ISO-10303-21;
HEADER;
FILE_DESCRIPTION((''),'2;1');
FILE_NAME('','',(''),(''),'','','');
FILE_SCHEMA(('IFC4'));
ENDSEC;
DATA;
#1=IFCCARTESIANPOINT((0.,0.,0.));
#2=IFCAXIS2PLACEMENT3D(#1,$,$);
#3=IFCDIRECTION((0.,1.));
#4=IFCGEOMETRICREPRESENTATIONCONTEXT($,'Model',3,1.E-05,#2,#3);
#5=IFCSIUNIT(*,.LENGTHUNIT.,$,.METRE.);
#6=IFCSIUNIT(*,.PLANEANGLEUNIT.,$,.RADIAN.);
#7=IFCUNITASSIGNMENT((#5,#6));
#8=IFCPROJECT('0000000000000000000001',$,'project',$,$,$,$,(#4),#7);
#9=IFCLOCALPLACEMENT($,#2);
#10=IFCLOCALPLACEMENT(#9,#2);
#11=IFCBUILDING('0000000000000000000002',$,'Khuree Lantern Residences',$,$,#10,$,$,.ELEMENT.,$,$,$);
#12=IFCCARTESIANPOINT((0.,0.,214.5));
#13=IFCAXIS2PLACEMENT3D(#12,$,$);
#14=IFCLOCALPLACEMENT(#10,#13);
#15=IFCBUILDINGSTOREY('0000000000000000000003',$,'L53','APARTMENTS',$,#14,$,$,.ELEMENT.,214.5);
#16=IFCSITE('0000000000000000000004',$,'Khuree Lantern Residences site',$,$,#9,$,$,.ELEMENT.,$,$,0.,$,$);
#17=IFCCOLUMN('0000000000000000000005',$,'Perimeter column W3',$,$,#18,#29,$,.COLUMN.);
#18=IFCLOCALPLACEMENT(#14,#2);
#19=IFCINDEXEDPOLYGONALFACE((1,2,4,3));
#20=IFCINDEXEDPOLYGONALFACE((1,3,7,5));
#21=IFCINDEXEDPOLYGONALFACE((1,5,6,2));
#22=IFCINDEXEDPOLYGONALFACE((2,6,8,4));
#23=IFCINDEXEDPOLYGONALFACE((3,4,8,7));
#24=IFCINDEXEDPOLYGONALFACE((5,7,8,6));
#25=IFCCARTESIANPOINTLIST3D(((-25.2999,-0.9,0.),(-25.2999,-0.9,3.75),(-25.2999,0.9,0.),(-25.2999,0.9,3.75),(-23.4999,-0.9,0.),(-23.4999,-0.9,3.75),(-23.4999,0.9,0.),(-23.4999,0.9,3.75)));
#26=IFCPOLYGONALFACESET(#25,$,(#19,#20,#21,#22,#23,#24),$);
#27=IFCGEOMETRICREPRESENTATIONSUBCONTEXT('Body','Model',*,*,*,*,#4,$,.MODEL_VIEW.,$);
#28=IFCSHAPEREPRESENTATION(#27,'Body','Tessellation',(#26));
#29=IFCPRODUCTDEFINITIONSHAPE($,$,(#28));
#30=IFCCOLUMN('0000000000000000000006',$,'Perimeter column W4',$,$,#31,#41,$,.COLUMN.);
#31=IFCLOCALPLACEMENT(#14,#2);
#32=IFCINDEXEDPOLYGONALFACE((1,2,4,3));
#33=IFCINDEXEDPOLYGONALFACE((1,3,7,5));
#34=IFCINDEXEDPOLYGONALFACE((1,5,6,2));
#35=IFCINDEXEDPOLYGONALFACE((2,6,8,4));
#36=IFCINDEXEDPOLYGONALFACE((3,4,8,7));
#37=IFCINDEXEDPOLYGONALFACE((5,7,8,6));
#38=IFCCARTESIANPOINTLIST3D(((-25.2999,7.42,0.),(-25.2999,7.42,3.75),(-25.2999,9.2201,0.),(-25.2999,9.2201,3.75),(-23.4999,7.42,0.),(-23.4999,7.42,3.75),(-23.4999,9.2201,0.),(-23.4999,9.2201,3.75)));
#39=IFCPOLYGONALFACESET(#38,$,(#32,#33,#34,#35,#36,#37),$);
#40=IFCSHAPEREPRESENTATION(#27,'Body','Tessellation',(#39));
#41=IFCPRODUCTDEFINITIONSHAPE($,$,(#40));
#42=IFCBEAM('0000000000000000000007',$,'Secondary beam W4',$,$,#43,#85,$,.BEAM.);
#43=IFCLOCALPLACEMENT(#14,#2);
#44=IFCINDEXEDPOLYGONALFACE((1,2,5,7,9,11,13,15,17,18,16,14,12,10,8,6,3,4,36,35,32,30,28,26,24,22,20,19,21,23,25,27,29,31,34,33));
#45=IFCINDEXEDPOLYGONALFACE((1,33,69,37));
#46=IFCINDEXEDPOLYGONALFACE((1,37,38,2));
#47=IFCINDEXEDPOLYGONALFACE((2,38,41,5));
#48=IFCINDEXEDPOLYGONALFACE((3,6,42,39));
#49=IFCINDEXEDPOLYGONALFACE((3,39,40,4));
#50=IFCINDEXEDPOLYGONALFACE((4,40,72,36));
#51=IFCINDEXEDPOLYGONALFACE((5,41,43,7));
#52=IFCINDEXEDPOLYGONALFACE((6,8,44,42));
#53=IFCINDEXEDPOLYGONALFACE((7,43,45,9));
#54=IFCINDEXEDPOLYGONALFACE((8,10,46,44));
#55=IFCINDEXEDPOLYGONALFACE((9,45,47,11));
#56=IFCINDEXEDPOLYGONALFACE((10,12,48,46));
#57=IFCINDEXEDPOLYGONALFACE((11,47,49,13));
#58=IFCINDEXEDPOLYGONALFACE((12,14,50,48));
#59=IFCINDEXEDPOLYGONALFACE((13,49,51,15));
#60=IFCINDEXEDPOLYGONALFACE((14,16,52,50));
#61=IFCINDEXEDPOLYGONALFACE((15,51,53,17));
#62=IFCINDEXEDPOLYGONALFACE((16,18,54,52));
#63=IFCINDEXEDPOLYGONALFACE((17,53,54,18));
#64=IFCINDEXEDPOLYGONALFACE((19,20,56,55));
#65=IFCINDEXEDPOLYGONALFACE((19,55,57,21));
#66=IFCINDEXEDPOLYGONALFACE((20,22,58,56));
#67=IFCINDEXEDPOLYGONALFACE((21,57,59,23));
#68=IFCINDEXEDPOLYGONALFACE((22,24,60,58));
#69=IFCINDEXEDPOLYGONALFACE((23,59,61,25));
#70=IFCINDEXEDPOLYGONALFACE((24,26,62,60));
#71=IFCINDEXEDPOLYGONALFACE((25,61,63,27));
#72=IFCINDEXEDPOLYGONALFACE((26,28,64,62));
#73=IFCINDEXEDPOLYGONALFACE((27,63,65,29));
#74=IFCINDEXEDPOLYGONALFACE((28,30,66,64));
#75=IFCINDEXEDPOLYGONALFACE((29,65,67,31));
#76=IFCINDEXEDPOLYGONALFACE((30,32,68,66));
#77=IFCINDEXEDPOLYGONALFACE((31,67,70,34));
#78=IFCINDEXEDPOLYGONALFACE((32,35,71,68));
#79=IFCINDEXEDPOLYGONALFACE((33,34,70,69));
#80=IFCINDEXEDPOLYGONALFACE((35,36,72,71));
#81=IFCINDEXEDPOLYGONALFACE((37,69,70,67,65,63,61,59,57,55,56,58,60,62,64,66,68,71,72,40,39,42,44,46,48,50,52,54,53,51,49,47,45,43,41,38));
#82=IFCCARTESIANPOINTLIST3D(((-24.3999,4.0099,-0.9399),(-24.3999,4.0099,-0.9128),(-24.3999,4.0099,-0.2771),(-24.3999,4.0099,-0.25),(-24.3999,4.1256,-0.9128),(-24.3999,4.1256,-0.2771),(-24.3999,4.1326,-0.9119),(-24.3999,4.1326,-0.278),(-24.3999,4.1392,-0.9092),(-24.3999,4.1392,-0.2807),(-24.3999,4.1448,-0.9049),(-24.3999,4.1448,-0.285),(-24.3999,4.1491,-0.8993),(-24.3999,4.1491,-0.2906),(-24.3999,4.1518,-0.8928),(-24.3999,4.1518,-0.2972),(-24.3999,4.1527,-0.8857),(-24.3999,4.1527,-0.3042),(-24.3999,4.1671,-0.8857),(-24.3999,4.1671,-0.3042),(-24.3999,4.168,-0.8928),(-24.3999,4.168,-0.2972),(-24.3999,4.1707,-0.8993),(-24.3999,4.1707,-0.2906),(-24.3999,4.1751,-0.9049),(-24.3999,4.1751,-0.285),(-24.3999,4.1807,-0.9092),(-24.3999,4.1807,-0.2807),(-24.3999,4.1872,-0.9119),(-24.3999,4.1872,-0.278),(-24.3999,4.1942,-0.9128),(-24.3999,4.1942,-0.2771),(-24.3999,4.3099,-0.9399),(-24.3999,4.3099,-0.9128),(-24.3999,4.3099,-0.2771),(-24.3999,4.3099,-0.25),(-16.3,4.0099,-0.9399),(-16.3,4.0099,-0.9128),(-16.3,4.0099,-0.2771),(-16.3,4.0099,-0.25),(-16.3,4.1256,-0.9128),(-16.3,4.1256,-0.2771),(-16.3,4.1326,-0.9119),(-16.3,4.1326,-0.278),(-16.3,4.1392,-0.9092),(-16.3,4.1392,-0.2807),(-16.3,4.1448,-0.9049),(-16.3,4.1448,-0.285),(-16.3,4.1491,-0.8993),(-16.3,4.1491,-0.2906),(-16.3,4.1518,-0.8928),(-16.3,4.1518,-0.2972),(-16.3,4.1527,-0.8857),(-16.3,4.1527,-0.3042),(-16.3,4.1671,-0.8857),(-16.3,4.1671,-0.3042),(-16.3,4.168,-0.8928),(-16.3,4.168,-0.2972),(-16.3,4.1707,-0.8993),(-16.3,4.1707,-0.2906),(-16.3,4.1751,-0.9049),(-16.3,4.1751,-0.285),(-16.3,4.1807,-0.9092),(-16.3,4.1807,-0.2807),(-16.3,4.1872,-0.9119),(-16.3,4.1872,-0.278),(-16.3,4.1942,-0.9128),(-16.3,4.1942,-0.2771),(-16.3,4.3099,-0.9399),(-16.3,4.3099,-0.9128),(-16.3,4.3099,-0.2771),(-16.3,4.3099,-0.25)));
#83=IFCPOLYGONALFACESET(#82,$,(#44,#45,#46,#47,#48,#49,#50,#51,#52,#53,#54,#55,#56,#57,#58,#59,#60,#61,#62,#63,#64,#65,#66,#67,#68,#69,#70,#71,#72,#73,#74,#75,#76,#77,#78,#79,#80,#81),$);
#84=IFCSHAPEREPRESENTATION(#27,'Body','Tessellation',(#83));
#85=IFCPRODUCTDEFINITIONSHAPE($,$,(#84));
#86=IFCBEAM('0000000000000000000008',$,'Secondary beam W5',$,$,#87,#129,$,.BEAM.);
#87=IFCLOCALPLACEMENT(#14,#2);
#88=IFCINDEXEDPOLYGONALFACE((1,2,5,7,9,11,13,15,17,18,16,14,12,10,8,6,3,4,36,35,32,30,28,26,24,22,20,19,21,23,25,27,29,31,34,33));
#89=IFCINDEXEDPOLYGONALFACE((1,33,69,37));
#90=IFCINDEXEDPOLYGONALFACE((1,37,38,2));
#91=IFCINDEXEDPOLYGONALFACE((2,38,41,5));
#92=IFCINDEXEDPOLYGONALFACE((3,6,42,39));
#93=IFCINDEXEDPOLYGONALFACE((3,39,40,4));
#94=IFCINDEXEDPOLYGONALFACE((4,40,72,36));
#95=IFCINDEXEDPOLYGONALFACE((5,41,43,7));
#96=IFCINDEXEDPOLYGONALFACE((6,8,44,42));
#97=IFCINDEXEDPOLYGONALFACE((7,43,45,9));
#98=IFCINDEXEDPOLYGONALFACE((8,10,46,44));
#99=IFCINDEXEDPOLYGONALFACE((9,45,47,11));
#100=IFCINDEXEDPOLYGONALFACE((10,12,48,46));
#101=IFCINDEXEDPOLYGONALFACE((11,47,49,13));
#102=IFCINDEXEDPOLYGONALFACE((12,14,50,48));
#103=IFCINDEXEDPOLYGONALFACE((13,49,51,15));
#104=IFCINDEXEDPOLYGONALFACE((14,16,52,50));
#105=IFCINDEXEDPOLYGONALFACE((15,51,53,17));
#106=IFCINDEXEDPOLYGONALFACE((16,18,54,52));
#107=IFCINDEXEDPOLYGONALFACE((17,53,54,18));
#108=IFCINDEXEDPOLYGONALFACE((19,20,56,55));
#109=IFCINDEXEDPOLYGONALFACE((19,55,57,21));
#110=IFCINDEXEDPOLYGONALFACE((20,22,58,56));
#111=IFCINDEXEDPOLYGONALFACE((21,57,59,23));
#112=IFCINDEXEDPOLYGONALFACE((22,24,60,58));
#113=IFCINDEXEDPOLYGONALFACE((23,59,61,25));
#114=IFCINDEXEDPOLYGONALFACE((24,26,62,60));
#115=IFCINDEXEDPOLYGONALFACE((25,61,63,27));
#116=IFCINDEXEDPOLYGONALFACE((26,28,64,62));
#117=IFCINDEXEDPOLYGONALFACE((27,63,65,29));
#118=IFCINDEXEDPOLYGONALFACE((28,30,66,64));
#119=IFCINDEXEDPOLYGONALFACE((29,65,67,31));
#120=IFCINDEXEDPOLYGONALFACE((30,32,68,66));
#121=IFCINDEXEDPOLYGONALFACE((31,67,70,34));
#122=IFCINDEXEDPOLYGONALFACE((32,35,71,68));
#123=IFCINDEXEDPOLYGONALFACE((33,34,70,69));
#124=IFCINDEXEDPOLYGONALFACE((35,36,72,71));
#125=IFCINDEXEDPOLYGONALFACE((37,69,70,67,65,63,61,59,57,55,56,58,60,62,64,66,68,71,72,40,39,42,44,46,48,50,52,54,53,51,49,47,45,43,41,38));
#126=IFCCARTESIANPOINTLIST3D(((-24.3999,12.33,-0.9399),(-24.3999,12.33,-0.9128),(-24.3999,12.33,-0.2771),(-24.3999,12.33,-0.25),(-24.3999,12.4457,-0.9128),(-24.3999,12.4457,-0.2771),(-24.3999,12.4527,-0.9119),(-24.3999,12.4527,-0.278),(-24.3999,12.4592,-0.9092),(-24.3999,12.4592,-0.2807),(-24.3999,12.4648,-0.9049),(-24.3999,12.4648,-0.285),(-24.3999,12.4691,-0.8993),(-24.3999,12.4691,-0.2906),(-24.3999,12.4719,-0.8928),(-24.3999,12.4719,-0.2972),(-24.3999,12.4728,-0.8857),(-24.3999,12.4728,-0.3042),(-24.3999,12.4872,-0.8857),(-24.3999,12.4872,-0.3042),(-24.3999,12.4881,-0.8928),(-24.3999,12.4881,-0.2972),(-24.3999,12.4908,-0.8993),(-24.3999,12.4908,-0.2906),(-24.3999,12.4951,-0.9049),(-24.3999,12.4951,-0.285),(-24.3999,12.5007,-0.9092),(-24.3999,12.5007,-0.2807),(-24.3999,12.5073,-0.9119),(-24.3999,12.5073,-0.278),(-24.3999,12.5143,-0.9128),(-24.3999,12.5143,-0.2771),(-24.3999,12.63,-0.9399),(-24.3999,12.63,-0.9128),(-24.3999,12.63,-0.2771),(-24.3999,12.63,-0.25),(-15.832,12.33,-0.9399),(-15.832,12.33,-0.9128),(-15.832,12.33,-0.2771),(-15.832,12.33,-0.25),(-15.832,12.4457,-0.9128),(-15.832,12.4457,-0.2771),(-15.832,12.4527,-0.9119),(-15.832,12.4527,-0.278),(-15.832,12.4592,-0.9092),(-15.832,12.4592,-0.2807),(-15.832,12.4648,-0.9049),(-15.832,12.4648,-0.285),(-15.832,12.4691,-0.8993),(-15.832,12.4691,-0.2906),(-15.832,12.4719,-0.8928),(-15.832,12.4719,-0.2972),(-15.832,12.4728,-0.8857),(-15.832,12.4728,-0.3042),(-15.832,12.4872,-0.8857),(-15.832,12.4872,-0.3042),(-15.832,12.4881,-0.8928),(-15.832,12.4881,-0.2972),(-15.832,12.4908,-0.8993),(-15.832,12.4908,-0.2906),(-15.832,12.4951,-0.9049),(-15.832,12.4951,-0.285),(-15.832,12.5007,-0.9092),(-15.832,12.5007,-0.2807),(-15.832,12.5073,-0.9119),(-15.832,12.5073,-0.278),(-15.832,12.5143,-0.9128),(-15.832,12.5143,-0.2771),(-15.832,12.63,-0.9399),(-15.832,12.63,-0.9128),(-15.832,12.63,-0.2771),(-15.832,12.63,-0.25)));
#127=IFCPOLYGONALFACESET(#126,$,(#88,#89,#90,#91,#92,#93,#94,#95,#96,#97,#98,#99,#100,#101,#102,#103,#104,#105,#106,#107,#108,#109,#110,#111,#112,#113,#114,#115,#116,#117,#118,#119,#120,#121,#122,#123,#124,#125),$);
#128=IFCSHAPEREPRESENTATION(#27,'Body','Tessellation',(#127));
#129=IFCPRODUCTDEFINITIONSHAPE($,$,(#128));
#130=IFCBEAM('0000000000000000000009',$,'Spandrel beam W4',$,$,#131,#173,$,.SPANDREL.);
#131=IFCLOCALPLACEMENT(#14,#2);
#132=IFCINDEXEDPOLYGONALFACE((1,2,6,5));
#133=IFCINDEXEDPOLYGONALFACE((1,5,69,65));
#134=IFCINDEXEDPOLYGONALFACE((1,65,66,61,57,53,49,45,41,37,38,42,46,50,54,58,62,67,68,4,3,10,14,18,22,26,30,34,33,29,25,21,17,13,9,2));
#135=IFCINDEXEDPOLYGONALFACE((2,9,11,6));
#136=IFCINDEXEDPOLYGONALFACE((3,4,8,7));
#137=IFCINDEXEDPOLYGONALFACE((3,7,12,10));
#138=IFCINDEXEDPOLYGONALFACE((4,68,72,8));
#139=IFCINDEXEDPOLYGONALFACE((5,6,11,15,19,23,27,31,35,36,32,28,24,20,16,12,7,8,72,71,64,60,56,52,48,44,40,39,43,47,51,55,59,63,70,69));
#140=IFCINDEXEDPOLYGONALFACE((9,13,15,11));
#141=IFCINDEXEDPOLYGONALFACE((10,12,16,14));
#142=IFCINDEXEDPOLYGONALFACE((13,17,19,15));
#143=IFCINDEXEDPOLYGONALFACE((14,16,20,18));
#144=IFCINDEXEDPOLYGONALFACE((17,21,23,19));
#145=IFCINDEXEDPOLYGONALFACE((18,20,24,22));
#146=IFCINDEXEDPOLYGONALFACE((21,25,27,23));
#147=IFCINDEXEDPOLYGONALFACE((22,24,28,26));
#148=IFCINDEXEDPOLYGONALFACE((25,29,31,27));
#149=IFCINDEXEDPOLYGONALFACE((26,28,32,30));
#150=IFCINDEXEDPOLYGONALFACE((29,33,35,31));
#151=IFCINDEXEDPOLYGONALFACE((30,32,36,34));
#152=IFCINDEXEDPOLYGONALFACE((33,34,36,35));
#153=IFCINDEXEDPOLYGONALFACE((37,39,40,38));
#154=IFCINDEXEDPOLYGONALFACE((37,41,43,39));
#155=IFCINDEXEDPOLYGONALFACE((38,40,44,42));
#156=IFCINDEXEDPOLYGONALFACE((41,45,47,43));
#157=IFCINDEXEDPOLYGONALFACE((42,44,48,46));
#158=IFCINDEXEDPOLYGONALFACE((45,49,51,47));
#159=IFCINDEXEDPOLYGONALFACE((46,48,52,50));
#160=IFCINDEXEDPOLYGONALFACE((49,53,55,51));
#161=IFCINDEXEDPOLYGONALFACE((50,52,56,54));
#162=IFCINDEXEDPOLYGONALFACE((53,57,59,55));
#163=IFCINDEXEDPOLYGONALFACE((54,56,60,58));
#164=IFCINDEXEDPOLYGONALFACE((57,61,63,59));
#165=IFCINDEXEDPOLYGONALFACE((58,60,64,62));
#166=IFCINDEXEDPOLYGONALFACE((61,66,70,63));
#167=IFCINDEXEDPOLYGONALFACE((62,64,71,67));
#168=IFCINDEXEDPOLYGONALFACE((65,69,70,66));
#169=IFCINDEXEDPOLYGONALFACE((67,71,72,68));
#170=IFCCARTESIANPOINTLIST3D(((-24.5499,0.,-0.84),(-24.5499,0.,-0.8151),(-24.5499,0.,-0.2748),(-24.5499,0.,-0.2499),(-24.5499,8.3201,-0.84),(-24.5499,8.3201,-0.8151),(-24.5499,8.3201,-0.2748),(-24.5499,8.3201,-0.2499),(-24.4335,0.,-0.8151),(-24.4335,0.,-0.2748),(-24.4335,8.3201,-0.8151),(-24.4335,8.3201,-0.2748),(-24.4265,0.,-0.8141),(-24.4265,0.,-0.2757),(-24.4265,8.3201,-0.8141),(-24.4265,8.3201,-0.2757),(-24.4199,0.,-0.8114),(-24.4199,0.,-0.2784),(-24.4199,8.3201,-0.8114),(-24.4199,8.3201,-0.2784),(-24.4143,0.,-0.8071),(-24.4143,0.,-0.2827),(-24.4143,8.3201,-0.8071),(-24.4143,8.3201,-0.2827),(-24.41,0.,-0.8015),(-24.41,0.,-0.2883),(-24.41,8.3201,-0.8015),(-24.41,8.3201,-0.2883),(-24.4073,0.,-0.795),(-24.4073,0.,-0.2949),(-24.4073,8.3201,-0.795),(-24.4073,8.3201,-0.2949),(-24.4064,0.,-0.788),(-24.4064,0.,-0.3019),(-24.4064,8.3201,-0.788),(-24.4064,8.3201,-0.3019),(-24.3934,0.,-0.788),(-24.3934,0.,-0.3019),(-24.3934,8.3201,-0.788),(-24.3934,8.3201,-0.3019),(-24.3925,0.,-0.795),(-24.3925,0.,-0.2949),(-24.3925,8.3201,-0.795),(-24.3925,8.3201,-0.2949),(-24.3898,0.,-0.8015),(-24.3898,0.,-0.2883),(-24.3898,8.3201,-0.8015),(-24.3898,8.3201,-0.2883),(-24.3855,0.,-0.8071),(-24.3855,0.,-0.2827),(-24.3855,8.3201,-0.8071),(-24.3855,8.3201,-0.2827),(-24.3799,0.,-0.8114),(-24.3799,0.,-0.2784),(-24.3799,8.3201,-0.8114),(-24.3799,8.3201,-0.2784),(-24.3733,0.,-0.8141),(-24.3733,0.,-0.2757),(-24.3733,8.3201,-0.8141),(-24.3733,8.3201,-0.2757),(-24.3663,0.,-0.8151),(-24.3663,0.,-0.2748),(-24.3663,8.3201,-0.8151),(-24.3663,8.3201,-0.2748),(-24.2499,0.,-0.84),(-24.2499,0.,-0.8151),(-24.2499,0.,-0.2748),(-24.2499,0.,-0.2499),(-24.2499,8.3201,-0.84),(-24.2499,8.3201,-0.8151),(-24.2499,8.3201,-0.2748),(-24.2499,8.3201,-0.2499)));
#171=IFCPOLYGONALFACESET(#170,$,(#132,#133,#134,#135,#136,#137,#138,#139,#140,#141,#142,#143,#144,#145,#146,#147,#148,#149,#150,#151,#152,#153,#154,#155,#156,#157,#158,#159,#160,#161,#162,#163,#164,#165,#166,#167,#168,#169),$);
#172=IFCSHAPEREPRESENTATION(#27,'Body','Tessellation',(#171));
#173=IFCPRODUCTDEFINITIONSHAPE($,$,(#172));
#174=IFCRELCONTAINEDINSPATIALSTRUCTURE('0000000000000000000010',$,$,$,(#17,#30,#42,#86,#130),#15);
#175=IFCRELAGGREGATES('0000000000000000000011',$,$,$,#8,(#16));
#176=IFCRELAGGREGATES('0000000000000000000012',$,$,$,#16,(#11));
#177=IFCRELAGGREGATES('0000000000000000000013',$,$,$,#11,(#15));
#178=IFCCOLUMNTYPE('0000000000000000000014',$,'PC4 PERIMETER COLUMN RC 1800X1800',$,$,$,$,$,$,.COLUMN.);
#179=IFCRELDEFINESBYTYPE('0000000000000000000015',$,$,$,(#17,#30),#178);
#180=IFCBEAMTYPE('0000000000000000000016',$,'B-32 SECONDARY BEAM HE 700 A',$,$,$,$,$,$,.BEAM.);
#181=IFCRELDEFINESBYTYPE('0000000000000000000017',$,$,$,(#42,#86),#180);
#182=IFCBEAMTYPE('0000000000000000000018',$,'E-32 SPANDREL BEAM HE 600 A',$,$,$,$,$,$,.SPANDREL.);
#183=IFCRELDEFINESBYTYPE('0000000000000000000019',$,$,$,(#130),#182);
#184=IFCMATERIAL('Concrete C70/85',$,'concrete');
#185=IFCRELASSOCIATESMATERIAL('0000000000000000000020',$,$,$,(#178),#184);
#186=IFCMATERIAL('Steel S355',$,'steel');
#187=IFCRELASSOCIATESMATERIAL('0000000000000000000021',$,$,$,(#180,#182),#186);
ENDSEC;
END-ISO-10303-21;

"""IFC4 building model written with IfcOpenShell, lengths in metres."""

from ifc_helpers import new_model, si_unit, direction, frame, origin, origin_2d, place, context, subcontext, project, spatial, rectangle, i_section, extrude, material, material_profile, profile_set, type_object, element, save


model = new_model("IFC4")

# Units and contexts
model_context = context("Model", 3, precision=1e-05, world=origin(), true_north=direction((0.0, 1.0)))
body_context = subcontext(model_context, "Body", "Model", "MODEL_VIEW")
ifc_project = project(units=[si_unit("LENGTHUNIT", "METRE"), si_unit("PLANEANGLEUNIT", "RADIAN")], contexts=[model_context])

# Site, building, storey
site_placement = place(None, origin())
site = spatial("IfcSite", under=ifc_project, at=site_placement, Name="Khuree Lantern Residences site", CompositionType="ELEMENT", RefElevation=0.0)
building_placement = place(site_placement, origin())
building = spatial("IfcBuilding", under=site, at=building_placement, Name="Khuree Lantern Residences", CompositionType="ELEMENT")
storey_placement = place(building_placement, frame((0.0, 0.0, 214.5)))
storey = spatial("IfcBuildingStorey", under=building, at=storey_placement, Name="L53", Description="APARTMENTS", CompositionType="ELEMENT", Elevation=214.5)

# Columns
ifc_material_1 = material(Name="Concrete C70/85", Category="concrete")
ifc_material_profile_1 = material_profile(ifc_material_1, rectangle(XDim=1.8, YDim=1.8, at=origin_2d()), Name="RC 1800X1800")
ifc_profile_set_1 = profile_set([ifc_material_profile_1], Name="Concrete C70/85")
column_type = type_object("IfcColumnType", Name="PC4 PERIMETER COLUMN RC 1800X1800", PredefinedType="COLUMN", material=ifc_profile_set_1)
for number, where, z_axis, x_axis, name in (
    (1, (-24.3999, 0.0, 0.0), (0.0, 0.0, 1.0), (0.0, 1.0, 0.0), "Perimeter column W3"),
    (2, (-24.3999, 8.3201, 0.0), (0.0, 0.0, 1.0), (0.0, 1.0, 0.0), "Perimeter column W4"),
):
    element("IfcColumn", number, at=place(storey_placement, frame(where, z_axis=z_axis, x_axis=x_axis)), inside=storey, type_object=column_type, Name=name, PredefinedType="COLUMN", context=body_context, shape_type="SweptSolid", body=[
        extrude(rectangle(XDim=1.8, YDim=1.8, at=origin_2d()), origin(), (0.0, 0.0, 1.0), 3.75),
    ])

# Beams
ifc_material_2 = material(Name="Steel S355", Category="steel")
ifc_material_profile_2 = material_profile(ifc_material_2, i_section(OverallWidth=0.3, OverallDepth=0.6899, WebThickness=0.0144, FlangeThickness=0.0271, FilletRadius=0.0271, at=origin_2d()), Name="HE 700 A")
ifc_profile_set_2 = profile_set([ifc_material_profile_2], Name="Steel S355")
beam_type_1 = type_object("IfcBeamType", Name="B-32 SECONDARY BEAM HE 700 A", PredefinedType="BEAM", material=ifc_profile_set_2)
beam_1_placement = place(storey_placement, frame((-24.3999, 4.1599, -0.595), z_axis=(1.0, 0.0, 0.0), x_axis=(0.0, 1.0, 0.0)))
element("IfcBeam", 3, at=beam_1_placement, inside=storey, type_object=beam_type_1, Name="Secondary beam W4", PredefinedType="BEAM", context=body_context, shape_type="SweptSolid", body=[
    extrude(i_section(OverallWidth=0.3, OverallDepth=0.6899, WebThickness=0.0144, FlangeThickness=0.0271, FilletRadius=0.0271, at=origin_2d()), origin(), (0.0, 0.0, 1.0), 8.0999),
])
beam_2_placement = place(storey_placement, frame((-24.3999, 12.48, -0.595), z_axis=(1.0, 0.0, 0.0), x_axis=(0.0, 1.0, 0.0)))
element("IfcBeam", 4, at=beam_2_placement, inside=storey, type_object=beam_type_1, Name="Secondary beam W5", PredefinedType="BEAM", context=body_context, shape_type="SweptSolid", body=[
    extrude(i_section(OverallWidth=0.3, OverallDepth=0.6899, WebThickness=0.0144, FlangeThickness=0.0271, FilletRadius=0.0271, at=origin_2d()), origin(), (0.0, 0.0, 1.0), 8.5679),
])
ifc_material_profile_3 = material_profile(ifc_material_2, i_section(OverallWidth=0.3, OverallDepth=0.5901, WebThickness=0.0129, FlangeThickness=0.0249, FilletRadius=0.0271, at=origin_2d()), Name="HE 600 A")
ifc_profile_set_3 = profile_set([ifc_material_profile_3], Name="Steel S355")
beam_type_2 = type_object("IfcBeamType", Name="E-32 SPANDREL BEAM HE 600 A", PredefinedType="SPANDREL", material=ifc_profile_set_3)
beam_3_placement = place(storey_placement, frame((-24.3999, 0.0, -0.5449), z_axis=(0.0, 1.0, 0.0), x_axis=(-1.0, 0.0, 0.0)))
element("IfcBeam", 5, at=beam_3_placement, inside=storey, type_object=beam_type_2, Name="Spandrel beam W4", PredefinedType="SPANDREL", context=body_context, shape_type="SweptSolid", body=[
    extrude(i_section(OverallWidth=0.3, OverallDepth=0.5901, WebThickness=0.0129, FlangeThickness=0.0249, FilletRadius=0.0271, at=origin_2d()), origin(), (0.0, 0.0, 1.0), 8.3201),
])

save(model, "model.ifc")
